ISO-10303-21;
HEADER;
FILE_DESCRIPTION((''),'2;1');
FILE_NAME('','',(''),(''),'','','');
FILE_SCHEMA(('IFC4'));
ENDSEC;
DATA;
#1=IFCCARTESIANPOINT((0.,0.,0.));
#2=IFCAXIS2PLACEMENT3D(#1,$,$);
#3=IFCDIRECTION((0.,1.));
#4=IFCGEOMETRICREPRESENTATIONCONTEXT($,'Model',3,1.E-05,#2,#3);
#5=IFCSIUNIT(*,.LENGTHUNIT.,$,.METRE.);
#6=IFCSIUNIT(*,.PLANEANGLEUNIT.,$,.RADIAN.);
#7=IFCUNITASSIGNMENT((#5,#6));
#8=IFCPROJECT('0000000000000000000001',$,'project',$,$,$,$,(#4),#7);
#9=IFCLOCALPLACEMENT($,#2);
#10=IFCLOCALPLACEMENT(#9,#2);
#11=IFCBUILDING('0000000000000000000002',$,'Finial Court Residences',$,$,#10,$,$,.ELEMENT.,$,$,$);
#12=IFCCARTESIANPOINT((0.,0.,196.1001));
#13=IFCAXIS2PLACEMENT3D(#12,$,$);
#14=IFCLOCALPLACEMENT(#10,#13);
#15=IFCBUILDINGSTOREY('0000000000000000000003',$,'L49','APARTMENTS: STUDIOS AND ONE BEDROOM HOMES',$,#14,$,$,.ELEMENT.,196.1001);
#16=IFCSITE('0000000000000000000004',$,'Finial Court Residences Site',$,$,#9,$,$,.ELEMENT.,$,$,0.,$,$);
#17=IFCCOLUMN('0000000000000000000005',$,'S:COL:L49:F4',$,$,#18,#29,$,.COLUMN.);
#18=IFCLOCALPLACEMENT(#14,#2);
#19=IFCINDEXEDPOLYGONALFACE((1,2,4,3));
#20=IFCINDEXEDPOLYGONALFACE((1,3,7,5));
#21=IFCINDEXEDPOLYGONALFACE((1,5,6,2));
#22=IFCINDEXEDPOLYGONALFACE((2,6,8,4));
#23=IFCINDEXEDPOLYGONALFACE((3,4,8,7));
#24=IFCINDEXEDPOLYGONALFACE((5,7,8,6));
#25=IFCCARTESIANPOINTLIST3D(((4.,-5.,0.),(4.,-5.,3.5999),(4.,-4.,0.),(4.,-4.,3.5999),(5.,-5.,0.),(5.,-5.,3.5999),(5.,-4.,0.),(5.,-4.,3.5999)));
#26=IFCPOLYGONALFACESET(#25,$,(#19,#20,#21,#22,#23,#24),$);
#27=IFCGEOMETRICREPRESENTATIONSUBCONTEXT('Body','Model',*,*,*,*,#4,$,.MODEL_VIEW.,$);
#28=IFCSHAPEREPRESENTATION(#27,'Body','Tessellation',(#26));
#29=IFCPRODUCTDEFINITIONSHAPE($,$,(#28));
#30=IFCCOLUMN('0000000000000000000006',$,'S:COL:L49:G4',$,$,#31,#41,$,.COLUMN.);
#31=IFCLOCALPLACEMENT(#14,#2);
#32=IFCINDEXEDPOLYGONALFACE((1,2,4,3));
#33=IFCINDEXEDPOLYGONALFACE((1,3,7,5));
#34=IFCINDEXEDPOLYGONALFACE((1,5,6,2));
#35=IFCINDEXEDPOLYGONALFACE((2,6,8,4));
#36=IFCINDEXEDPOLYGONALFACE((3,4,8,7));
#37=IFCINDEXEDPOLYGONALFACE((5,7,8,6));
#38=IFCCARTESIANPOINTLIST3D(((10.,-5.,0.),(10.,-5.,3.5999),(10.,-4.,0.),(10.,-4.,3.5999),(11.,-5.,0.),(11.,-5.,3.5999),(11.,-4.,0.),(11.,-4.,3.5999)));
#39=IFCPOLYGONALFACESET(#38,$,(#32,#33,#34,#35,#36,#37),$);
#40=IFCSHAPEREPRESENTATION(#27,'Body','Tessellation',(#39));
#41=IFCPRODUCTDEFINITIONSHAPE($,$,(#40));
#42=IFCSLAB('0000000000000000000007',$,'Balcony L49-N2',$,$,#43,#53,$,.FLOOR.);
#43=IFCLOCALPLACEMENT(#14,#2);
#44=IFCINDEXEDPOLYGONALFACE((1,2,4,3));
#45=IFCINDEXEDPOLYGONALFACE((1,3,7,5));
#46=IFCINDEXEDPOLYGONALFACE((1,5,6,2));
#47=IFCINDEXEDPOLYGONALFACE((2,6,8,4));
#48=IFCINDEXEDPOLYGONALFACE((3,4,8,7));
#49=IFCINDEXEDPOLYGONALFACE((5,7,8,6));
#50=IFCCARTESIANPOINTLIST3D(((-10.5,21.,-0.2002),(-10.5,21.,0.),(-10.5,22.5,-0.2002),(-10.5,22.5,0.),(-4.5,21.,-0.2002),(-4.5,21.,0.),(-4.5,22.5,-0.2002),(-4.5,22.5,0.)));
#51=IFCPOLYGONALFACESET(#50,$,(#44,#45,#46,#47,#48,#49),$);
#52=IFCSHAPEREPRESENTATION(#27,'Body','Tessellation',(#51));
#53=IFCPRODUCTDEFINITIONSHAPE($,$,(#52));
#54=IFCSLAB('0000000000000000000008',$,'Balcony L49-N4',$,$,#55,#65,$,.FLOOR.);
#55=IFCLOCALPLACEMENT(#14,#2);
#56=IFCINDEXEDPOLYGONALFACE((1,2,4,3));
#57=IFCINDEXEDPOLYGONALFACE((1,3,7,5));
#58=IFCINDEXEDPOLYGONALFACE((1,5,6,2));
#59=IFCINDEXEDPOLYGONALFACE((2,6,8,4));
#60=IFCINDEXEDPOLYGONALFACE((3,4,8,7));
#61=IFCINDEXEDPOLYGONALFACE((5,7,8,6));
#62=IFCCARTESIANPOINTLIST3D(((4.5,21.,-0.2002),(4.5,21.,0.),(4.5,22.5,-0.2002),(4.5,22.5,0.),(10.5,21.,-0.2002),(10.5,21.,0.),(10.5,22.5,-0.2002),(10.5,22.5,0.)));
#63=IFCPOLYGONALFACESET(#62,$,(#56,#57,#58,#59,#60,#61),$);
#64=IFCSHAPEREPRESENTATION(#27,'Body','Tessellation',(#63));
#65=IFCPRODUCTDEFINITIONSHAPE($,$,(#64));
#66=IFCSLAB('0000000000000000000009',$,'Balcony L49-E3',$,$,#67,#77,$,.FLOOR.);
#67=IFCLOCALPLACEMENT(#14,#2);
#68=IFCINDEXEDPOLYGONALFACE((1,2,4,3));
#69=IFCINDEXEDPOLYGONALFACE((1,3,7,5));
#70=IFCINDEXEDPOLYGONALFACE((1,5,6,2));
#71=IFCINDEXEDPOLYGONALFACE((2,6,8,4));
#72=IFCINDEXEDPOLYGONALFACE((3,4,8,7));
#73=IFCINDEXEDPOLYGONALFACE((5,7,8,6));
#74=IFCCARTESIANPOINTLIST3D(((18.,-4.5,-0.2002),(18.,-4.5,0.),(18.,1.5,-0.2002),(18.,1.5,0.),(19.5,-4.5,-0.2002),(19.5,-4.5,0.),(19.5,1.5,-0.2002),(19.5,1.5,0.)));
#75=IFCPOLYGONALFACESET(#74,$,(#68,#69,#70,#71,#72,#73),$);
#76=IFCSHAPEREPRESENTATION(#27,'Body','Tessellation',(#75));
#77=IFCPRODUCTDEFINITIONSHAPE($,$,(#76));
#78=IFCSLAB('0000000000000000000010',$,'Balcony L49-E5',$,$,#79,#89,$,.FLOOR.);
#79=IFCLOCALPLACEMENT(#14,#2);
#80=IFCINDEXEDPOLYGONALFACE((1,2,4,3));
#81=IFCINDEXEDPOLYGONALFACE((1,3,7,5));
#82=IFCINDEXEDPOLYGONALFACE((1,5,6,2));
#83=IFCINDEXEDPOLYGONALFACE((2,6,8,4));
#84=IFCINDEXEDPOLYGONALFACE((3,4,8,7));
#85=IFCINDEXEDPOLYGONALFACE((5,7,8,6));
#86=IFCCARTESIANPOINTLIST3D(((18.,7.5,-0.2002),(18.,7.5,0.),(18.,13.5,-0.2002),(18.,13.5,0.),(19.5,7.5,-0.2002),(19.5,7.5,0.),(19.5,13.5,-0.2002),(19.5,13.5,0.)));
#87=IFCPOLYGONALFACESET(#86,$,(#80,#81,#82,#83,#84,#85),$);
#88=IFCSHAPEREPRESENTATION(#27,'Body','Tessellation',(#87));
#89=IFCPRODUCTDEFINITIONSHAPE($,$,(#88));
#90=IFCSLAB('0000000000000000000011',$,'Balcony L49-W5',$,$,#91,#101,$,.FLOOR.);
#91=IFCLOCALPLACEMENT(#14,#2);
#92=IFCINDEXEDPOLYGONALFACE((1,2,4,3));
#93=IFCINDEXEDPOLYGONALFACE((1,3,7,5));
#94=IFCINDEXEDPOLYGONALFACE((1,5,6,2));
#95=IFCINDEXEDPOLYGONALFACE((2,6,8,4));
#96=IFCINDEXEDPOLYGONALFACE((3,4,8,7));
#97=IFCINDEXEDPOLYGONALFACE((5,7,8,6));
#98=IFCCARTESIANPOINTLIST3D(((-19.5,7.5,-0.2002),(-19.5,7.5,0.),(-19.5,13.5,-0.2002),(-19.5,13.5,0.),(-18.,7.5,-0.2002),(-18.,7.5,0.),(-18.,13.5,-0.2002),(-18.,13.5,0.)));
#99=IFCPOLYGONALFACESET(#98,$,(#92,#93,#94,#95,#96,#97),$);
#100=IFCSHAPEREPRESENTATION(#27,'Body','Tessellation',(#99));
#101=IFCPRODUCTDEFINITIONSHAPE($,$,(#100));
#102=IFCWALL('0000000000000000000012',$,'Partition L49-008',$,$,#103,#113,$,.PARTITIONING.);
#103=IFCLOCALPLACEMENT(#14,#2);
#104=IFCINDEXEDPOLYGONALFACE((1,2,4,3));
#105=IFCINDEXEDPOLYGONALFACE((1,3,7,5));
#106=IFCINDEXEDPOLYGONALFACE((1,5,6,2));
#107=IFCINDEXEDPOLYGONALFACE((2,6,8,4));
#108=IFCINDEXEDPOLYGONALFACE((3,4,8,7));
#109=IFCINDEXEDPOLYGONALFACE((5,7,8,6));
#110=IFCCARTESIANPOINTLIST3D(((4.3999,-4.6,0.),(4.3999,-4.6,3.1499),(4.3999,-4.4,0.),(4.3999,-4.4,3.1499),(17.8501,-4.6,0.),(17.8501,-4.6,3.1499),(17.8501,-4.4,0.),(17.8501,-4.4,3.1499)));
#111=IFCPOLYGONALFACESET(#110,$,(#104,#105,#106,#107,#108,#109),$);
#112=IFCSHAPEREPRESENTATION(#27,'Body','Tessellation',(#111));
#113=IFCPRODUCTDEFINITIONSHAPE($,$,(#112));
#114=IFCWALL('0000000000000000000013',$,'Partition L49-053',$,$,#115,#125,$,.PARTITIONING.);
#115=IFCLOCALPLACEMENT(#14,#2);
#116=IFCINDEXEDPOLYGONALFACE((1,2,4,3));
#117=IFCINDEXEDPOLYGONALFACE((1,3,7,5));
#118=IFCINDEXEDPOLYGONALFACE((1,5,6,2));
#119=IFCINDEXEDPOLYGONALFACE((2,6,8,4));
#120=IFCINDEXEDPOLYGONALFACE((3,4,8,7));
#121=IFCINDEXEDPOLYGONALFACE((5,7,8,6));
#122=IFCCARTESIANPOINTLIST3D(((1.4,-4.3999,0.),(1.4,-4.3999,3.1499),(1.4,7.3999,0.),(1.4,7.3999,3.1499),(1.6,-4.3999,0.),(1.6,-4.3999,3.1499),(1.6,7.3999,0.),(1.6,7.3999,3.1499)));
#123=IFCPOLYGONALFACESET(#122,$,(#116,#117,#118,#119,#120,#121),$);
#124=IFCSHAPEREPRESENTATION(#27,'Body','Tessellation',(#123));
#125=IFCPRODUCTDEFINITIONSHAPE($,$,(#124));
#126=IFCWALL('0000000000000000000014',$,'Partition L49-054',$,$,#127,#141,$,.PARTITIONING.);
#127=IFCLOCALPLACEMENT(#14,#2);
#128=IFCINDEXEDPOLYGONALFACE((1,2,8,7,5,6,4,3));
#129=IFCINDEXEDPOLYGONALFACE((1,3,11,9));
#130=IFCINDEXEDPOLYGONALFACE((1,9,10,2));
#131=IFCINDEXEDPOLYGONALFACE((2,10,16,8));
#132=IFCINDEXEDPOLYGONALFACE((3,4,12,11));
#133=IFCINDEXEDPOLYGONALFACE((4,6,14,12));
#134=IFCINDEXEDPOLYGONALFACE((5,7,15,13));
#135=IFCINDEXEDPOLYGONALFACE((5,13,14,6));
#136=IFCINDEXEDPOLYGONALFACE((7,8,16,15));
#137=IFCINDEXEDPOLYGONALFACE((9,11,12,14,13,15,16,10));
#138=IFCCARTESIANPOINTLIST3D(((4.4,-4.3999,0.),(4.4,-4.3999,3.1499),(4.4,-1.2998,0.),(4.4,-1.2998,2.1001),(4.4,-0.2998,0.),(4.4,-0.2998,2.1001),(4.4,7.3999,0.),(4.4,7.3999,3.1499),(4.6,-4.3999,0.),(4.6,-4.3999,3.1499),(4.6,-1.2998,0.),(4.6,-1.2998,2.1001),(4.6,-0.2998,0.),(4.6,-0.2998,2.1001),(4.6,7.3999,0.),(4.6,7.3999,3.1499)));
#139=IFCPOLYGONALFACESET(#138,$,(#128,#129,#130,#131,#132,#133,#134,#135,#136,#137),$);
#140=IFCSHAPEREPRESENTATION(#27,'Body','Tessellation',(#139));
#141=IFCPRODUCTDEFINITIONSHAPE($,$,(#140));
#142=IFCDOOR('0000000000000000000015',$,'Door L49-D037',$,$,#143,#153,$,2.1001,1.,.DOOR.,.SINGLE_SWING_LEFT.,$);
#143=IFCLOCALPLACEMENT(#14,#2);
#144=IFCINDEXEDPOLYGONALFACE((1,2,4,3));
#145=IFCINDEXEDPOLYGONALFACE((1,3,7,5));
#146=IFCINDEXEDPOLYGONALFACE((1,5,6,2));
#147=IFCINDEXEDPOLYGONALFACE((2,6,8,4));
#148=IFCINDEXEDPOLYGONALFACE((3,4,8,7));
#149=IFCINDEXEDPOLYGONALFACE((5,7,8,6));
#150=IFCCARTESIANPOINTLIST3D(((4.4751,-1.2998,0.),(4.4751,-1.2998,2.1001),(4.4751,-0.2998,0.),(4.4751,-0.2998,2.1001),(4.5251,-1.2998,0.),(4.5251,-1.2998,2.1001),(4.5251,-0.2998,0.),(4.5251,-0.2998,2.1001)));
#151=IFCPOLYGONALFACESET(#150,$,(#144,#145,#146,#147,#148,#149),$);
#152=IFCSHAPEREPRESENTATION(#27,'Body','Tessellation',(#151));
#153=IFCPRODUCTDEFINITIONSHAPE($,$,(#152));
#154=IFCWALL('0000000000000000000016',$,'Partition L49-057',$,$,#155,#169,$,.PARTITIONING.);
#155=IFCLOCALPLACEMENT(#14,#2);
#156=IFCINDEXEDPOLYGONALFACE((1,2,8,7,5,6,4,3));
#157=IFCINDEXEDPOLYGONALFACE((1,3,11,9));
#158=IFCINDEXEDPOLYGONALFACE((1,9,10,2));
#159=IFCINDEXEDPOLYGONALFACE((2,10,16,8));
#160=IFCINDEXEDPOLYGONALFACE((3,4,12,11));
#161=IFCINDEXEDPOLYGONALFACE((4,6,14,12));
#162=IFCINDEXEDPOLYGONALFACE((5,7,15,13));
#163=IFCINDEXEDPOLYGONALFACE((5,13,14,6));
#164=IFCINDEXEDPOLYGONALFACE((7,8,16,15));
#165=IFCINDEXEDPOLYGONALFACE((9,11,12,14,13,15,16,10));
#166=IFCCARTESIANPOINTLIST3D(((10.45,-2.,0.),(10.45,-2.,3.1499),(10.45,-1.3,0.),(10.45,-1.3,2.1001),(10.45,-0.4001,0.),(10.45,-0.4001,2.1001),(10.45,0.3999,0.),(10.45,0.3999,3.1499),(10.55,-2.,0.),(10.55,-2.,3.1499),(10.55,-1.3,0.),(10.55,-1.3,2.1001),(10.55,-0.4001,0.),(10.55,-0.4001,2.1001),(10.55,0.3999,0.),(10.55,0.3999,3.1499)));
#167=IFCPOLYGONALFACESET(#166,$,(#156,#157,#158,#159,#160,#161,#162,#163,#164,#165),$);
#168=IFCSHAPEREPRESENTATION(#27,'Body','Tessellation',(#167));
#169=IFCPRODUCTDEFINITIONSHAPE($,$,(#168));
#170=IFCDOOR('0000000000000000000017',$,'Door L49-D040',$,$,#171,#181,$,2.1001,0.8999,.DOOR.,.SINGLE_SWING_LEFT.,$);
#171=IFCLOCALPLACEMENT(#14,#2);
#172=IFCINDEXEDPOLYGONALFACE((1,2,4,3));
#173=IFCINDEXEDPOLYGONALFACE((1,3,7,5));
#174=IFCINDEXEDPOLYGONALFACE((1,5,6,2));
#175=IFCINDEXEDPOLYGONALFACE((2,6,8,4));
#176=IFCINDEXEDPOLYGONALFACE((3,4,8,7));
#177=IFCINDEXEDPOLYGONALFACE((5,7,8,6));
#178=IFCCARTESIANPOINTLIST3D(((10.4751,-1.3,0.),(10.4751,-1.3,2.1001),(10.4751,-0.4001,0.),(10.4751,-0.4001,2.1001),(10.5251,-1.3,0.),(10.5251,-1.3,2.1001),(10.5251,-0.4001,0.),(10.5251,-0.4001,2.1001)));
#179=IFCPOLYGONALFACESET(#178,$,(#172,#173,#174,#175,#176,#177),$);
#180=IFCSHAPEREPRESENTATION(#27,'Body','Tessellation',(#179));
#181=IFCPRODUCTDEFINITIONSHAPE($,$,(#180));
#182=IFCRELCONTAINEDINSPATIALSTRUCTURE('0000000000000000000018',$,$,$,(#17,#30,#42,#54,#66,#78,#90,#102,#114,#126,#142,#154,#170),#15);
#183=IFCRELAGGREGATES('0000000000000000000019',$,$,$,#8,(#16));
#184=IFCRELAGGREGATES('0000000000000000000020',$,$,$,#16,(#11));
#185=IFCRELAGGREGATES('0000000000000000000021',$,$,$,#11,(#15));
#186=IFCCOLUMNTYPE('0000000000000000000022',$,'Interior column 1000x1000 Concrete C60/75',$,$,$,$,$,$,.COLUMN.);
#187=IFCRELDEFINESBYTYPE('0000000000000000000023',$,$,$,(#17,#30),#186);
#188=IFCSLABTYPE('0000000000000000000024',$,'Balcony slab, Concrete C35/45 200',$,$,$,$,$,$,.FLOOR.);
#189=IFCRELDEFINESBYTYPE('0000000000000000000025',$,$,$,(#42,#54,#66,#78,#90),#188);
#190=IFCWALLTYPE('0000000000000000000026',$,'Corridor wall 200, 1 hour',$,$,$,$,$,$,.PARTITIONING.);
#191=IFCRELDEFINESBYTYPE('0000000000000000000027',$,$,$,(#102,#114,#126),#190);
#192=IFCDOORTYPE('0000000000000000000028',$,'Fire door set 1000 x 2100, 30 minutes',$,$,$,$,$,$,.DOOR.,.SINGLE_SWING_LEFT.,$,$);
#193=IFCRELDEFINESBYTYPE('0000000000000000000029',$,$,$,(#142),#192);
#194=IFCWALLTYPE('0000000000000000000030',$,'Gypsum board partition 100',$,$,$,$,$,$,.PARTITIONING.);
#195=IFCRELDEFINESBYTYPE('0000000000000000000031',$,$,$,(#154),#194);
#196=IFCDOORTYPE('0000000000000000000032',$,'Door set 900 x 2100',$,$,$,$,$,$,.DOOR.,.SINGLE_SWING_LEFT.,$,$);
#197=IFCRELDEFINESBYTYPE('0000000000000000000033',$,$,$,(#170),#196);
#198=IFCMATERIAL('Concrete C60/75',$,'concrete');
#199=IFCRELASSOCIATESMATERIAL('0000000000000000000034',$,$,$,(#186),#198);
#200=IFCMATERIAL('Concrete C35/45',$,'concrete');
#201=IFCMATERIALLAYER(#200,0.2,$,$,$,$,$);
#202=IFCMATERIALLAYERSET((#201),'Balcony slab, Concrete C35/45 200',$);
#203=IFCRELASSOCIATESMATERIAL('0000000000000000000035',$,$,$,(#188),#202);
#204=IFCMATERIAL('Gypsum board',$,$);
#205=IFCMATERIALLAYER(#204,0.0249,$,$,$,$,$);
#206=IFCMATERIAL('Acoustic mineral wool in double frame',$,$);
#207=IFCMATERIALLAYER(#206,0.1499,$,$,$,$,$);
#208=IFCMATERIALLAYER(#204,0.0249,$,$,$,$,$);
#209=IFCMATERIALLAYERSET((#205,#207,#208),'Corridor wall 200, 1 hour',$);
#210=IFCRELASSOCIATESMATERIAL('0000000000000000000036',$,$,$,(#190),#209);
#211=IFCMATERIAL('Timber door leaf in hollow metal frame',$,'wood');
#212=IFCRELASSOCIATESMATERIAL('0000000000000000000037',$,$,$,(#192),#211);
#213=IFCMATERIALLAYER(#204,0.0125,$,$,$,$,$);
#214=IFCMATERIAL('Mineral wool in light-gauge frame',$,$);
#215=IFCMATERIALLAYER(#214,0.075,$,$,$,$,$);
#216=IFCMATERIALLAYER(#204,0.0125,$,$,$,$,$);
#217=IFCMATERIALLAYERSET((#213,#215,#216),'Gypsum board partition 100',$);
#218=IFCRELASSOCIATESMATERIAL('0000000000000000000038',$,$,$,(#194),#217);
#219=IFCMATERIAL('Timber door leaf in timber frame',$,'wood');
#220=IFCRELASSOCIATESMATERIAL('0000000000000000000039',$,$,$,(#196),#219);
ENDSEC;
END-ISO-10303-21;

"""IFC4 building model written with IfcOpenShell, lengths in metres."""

from ifc_helpers import new_model, si_unit, direction, frame, frame_2d, origin, origin_2d, place, context, subcontext, project, spatial, polyline, rectangle, outline, extrude, material, layer, layer_set, material_profile, profile_set, type_object, element, fill, save


model = new_model("IFC4")

# Units and contexts
model_context = context("Model", 3, precision=1e-05, world=origin(), true_north=direction((0.0, 1.0)))
body_context = subcontext(model_context, "Body", "Model", "MODEL_VIEW")
ifc_project = project(units=[si_unit("LENGTHUNIT", "METRE"), si_unit("PLANEANGLEUNIT", "RADIAN")], contexts=[model_context])

# Site, building, storey
site_placement = place(None, origin())
site = spatial("IfcSite", under=ifc_project, at=site_placement, Name="Finial Court Residences Site", CompositionType="ELEMENT", RefElevation=0.0)
building_placement = place(site_placement, origin())
building = spatial("IfcBuilding", under=site, at=building_placement, Name="Finial Court Residences", CompositionType="ELEMENT")
storey_placement = place(building_placement, frame((0.0, 0.0, 196.1001)))
storey = spatial("IfcBuildingStorey", under=building, at=storey_placement, Name="L49", Description="APARTMENTS: STUDIOS AND ONE BEDROOM HOMES", CompositionType="ELEMENT", Elevation=196.1001)

# Columns
ifc_material_1 = material(Name="Concrete C60/75", Category="concrete")
ifc_material_profile = material_profile(ifc_material_1, rectangle(XDim=1.0, YDim=1.0, at=origin_2d()), Name="1000x1000")
ifc_profile_set = profile_set([ifc_material_profile], Name="Concrete C60/75")
column_type = type_object("IfcColumnType", Name="Interior column 1000x1000 Concrete C60/75", PredefinedType="COLUMN", material=ifc_profile_set)
for number, where, z_axis, x_axis, name in (
    (1, (4.5, -4.5, 0.0), (0.0, 0.0, 1.0), (1.0, 0.0, 0.0), "S:COL:L49:F4"),
    (2, (10.5, -4.5, 0.0), (0.0, 0.0, 1.0), (1.0, 0.0, 0.0), "S:COL:L49:G4"),
):
    element("IfcColumn", number, at=place(storey_placement, frame(where, z_axis=z_axis, x_axis=x_axis)), inside=storey, type_object=column_type, Name=name, PredefinedType="COLUMN", context=body_context, shape_type="SweptSolid", body=[
        extrude(rectangle(XDim=1.0, YDim=1.0, at=origin_2d()), origin(), (0.0, 0.0, 1.0), 3.5999),
    ])

# Slabs
ifc_material_2 = material(Name="Concrete C35/45", Category="concrete")
ifc_layer_1 = layer(ifc_material_2, 0.2)
ifc_layer_set_1 = layer_set([ifc_layer_1], Name="Balcony slab, Concrete C35/45 200")
slab_type = type_object("IfcSlabType", Name="Balcony slab, Concrete C35/45 200", PredefinedType="FLOOR", material=ifc_layer_set_1)
slab_1_placement = place(storey_placement, frame((0.0, 0.0, -0.2002)))
element("IfcSlab", 3, at=slab_1_placement, inside=storey, type_object=slab_type, Name="Balcony L49-N2", PredefinedType="FLOOR", context=body_context, shape_type="SweptSolid", body=[
    extrude(outline(polyline([(-4.5, 21.0), (-4.5, 22.5), (-10.5, 22.5), (-10.5, 21.0), (-4.5, 21.0)])), origin(), (0.0, 0.0, 1.0), 0.2002),
])
slab_2_placement = place(storey_placement, frame((0.0, 0.0, -0.2002)))
element("IfcSlab", 4, at=slab_2_placement, inside=storey, type_object=slab_type, Name="Balcony L49-N4", PredefinedType="FLOOR", context=body_context, shape_type="SweptSolid", body=[
    extrude(outline(polyline([(10.5, 21.0), (10.5, 22.5), (4.5, 22.5), (4.5, 21.0), (10.5, 21.0)])), origin(), (0.0, 0.0, 1.0), 0.2002),
])
slab_3_placement = place(storey_placement, frame((0.0, 0.0, -0.2002)))
element("IfcSlab", 5, at=slab_3_placement, inside=storey, type_object=slab_type, Name="Balcony L49-E3", PredefinedType="FLOOR", context=body_context, shape_type="SweptSolid", body=[
    extrude(outline(polyline([(19.5, -4.5), (19.5, 1.5), (18.0, 1.5), (18.0, -4.5), (19.5, -4.5)])), origin(), (0.0, 0.0, 1.0), 0.2002),
])
slab_4_placement = place(storey_placement, frame((0.0, 0.0, -0.2002)))
element("IfcSlab", 6, at=slab_4_placement, inside=storey, type_object=slab_type, Name="Balcony L49-E5", PredefinedType="FLOOR", context=body_context, shape_type="SweptSolid", body=[
    extrude(outline(polyline([(19.5, 7.5), (19.5, 13.5), (18.0, 13.5), (18.0, 7.5), (19.5, 7.5)])), origin(), (0.0, 0.0, 1.0), 0.2002),
])
slab_5_placement = place(storey_placement, frame((0.0, 0.0, -0.2002)))
element("IfcSlab", 7, at=slab_5_placement, inside=storey, type_object=slab_type, Name="Balcony L49-W5", PredefinedType="FLOOR", context=body_context, shape_type="SweptSolid", body=[
    extrude(outline(polyline([(-18.0, 7.5), (-18.0, 13.5), (-19.5, 13.5), (-19.5, 7.5), (-18.0, 7.5)])), origin(), (0.0, 0.0, 1.0), 0.2002),
])

# Walls
ifc_material_3 = material(Name="Gypsum board")
ifc_layer_2 = layer(ifc_material_3, 0.0249)
ifc_material_4 = material(Name="Acoustic mineral wool in double frame")
ifc_layer_3 = layer(ifc_material_4, 0.1499)
ifc_layer_4 = layer(ifc_material_3, 0.0249)
ifc_layer_set_2 = layer_set([ifc_layer_2, ifc_layer_3, ifc_layer_4], Name="Corridor wall 200, 1 hour")
wall_type_1 = type_object("IfcWallType", Name="Corridor wall 200, 1 hour", PredefinedType="PARTITIONING", material=ifc_layer_set_2)
wall_1_placement = place(storey_placement, frame((4.3999, -4.5, 0.0), z_axis=(0.0, 0.0, 1.0), x_axis=(1.0, 0.0, 0.0)))
element("IfcWall", 8, at=wall_1_placement, inside=storey, type_object=wall_type_1, Name="Partition L49-008", PredefinedType="PARTITIONING", context=body_context, shape_type="SweptSolid", body=[
    extrude(rectangle(XDim=13.4502, YDim=0.2, at=frame_2d((6.7251, 0.0))), origin(), (0.0, 0.0, 1.0), 3.1499),
])
wall_2_placement = place(storey_placement, frame((1.5, -4.3999, 0.0), z_axis=(0.0, 0.0, 1.0), x_axis=(0.0, 1.0, 0.0)))
element("IfcWall", 9, at=wall_2_placement, inside=storey, type_object=wall_type_1, Name="Partition L49-053", PredefinedType="PARTITIONING", context=body_context, shape_type="SweptSolid", body=[
    extrude(rectangle(XDim=11.7998, YDim=0.2, at=frame_2d((5.8999, 0.0))), origin(), (0.0, 0.0, 1.0), 3.1499),
])

# Walls, openings, doors
wall_3_placement = place(storey_placement, frame((4.5, -4.3999, 0.0), z_axis=(0.0, 0.0, 1.0), x_axis=(0.0, 1.0, 0.0)))
wall_3 = element("IfcWall", 10, at=wall_3_placement, inside=storey, type_object=wall_type_1, Name="Partition L49-054", PredefinedType="PARTITIONING", context=body_context, shape_type="SweptSolid", body=[
    extrude(rectangle(XDim=11.7998, YDim=0.2, at=frame_2d((5.8999, 0.0))), origin(), (0.0, 0.0, 1.0), 3.1499),
])
opening_1_placement = place(wall_3_placement, frame((3.1001, 0.0, 0.0)))
opening_1 = element("IfcOpeningElement", 11, at=opening_1_placement, cuts=wall_3, PredefinedType="OPENING", context=body_context, shape_type="SweptSolid", body=[
    extrude(rectangle(XDim=1.0, YDim=2.1001, at=frame_2d((0.5, 1.05))), frame((0.0, 0.1099, 0.0), z_axis=(0.0, -1.0, 0.0), x_axis=(1.0, 0.0, 0.0)), (0.0, 0.0, 1.0), 0.22),
])
ifc_material_5 = material(Name="Timber door leaf in hollow metal frame", Category="wood")
door_type_1 = type_object("IfcDoorType", Name="Fire door set 1000 x 2100, 30 minutes", OperationType="SINGLE_SWING_LEFT", PredefinedType="DOOR", material=ifc_material_5)
door_1_placement = place(opening_1_placement, origin())
door_1 = element("IfcDoor", 12, at=door_1_placement, inside=storey, type_object=door_type_1, Name="Door L49-D037", OperationType="SINGLE_SWING_LEFT", OverallHeight=2.1001, OverallWidth=1.0, PredefinedType="DOOR", context=body_context, shape_type="SweptSolid", body=[
    extrude(rectangle(XDim=1.0, YDim=2.1001, at=frame_2d((0.5, 1.05))), frame((0.0, 0.0249, 0.0), z_axis=(0.0, -1.0, 0.0), x_axis=(1.0, 0.0, 0.0)), (0.0, 0.0, 1.0), 0.05),
])
fill(opening_1, door_1)
ifc_layer_5 = layer(ifc_material_3, 0.0125)
ifc_material_6 = material(Name="Mineral wool in light-gauge frame")
ifc_layer_6 = layer(ifc_material_6, 0.075)
ifc_layer_7 = layer(ifc_material_3, 0.0125)
ifc_layer_set_3 = layer_set([ifc_layer_5, ifc_layer_6, ifc_layer_7], Name="Gypsum board partition 100")
wall_type_2 = type_object("IfcWallType", Name="Gypsum board partition 100", PredefinedType="PARTITIONING", material=ifc_layer_set_3)
wall_4_placement = place(storey_placement, frame((10.5, -2.0, 0.0), z_axis=(0.0, 0.0, 1.0), x_axis=(0.0, 1.0, 0.0)))
wall_4 = element("IfcWall", 13, at=wall_4_placement, inside=storey, type_object=wall_type_2, Name="Partition L49-057", PredefinedType="PARTITIONING", context=body_context, shape_type="SweptSolid", body=[
    extrude(rectangle(XDim=2.3999, YDim=0.1001, at=frame_2d((1.2, 0.0))), origin(), (0.0, 0.0, 1.0), 3.1499),
])
opening_2_placement = place(wall_4_placement, frame((0.7, 0.0, 0.0)))
opening_2 = element("IfcOpeningElement", 14, at=opening_2_placement, cuts=wall_4, PredefinedType="OPENING", context=body_context, shape_type="SweptSolid", body=[
    extrude(rectangle(XDim=0.8999, YDim=2.1001, at=frame_2d((0.45, 1.05))), frame((0.0, 0.0601, 0.0), z_axis=(0.0, -1.0, 0.0), x_axis=(1.0, 0.0, 0.0)), (0.0, 0.0, 1.0), 0.1201),
])
ifc_material_7 = material(Name="Timber door leaf in timber frame", Category="wood")
door_type_2 = type_object("IfcDoorType", Name="Door set 900 x 2100", OperationType="SINGLE_SWING_LEFT", PredefinedType="DOOR", material=ifc_material_7)
door_2_placement = place(opening_2_placement, origin())
door_2 = element("IfcDoor", 15, at=door_2_placement, inside=storey, type_object=door_type_2, Name="Door L49-D040", OperationType="SINGLE_SWING_LEFT", OverallHeight=2.1001, OverallWidth=0.8999, PredefinedType="DOOR", context=body_context, shape_type="SweptSolid", body=[
    extrude(rectangle(XDim=0.8999, YDim=2.1001, at=frame_2d((0.45, 1.05))), frame((0.0, 0.0249, 0.0), z_axis=(0.0, -1.0, 0.0), x_axis=(1.0, 0.0, 0.0)), (0.0, 0.0, 1.0), 0.05),
])
fill(opening_2, door_2)

save(model, "model.ifc")
